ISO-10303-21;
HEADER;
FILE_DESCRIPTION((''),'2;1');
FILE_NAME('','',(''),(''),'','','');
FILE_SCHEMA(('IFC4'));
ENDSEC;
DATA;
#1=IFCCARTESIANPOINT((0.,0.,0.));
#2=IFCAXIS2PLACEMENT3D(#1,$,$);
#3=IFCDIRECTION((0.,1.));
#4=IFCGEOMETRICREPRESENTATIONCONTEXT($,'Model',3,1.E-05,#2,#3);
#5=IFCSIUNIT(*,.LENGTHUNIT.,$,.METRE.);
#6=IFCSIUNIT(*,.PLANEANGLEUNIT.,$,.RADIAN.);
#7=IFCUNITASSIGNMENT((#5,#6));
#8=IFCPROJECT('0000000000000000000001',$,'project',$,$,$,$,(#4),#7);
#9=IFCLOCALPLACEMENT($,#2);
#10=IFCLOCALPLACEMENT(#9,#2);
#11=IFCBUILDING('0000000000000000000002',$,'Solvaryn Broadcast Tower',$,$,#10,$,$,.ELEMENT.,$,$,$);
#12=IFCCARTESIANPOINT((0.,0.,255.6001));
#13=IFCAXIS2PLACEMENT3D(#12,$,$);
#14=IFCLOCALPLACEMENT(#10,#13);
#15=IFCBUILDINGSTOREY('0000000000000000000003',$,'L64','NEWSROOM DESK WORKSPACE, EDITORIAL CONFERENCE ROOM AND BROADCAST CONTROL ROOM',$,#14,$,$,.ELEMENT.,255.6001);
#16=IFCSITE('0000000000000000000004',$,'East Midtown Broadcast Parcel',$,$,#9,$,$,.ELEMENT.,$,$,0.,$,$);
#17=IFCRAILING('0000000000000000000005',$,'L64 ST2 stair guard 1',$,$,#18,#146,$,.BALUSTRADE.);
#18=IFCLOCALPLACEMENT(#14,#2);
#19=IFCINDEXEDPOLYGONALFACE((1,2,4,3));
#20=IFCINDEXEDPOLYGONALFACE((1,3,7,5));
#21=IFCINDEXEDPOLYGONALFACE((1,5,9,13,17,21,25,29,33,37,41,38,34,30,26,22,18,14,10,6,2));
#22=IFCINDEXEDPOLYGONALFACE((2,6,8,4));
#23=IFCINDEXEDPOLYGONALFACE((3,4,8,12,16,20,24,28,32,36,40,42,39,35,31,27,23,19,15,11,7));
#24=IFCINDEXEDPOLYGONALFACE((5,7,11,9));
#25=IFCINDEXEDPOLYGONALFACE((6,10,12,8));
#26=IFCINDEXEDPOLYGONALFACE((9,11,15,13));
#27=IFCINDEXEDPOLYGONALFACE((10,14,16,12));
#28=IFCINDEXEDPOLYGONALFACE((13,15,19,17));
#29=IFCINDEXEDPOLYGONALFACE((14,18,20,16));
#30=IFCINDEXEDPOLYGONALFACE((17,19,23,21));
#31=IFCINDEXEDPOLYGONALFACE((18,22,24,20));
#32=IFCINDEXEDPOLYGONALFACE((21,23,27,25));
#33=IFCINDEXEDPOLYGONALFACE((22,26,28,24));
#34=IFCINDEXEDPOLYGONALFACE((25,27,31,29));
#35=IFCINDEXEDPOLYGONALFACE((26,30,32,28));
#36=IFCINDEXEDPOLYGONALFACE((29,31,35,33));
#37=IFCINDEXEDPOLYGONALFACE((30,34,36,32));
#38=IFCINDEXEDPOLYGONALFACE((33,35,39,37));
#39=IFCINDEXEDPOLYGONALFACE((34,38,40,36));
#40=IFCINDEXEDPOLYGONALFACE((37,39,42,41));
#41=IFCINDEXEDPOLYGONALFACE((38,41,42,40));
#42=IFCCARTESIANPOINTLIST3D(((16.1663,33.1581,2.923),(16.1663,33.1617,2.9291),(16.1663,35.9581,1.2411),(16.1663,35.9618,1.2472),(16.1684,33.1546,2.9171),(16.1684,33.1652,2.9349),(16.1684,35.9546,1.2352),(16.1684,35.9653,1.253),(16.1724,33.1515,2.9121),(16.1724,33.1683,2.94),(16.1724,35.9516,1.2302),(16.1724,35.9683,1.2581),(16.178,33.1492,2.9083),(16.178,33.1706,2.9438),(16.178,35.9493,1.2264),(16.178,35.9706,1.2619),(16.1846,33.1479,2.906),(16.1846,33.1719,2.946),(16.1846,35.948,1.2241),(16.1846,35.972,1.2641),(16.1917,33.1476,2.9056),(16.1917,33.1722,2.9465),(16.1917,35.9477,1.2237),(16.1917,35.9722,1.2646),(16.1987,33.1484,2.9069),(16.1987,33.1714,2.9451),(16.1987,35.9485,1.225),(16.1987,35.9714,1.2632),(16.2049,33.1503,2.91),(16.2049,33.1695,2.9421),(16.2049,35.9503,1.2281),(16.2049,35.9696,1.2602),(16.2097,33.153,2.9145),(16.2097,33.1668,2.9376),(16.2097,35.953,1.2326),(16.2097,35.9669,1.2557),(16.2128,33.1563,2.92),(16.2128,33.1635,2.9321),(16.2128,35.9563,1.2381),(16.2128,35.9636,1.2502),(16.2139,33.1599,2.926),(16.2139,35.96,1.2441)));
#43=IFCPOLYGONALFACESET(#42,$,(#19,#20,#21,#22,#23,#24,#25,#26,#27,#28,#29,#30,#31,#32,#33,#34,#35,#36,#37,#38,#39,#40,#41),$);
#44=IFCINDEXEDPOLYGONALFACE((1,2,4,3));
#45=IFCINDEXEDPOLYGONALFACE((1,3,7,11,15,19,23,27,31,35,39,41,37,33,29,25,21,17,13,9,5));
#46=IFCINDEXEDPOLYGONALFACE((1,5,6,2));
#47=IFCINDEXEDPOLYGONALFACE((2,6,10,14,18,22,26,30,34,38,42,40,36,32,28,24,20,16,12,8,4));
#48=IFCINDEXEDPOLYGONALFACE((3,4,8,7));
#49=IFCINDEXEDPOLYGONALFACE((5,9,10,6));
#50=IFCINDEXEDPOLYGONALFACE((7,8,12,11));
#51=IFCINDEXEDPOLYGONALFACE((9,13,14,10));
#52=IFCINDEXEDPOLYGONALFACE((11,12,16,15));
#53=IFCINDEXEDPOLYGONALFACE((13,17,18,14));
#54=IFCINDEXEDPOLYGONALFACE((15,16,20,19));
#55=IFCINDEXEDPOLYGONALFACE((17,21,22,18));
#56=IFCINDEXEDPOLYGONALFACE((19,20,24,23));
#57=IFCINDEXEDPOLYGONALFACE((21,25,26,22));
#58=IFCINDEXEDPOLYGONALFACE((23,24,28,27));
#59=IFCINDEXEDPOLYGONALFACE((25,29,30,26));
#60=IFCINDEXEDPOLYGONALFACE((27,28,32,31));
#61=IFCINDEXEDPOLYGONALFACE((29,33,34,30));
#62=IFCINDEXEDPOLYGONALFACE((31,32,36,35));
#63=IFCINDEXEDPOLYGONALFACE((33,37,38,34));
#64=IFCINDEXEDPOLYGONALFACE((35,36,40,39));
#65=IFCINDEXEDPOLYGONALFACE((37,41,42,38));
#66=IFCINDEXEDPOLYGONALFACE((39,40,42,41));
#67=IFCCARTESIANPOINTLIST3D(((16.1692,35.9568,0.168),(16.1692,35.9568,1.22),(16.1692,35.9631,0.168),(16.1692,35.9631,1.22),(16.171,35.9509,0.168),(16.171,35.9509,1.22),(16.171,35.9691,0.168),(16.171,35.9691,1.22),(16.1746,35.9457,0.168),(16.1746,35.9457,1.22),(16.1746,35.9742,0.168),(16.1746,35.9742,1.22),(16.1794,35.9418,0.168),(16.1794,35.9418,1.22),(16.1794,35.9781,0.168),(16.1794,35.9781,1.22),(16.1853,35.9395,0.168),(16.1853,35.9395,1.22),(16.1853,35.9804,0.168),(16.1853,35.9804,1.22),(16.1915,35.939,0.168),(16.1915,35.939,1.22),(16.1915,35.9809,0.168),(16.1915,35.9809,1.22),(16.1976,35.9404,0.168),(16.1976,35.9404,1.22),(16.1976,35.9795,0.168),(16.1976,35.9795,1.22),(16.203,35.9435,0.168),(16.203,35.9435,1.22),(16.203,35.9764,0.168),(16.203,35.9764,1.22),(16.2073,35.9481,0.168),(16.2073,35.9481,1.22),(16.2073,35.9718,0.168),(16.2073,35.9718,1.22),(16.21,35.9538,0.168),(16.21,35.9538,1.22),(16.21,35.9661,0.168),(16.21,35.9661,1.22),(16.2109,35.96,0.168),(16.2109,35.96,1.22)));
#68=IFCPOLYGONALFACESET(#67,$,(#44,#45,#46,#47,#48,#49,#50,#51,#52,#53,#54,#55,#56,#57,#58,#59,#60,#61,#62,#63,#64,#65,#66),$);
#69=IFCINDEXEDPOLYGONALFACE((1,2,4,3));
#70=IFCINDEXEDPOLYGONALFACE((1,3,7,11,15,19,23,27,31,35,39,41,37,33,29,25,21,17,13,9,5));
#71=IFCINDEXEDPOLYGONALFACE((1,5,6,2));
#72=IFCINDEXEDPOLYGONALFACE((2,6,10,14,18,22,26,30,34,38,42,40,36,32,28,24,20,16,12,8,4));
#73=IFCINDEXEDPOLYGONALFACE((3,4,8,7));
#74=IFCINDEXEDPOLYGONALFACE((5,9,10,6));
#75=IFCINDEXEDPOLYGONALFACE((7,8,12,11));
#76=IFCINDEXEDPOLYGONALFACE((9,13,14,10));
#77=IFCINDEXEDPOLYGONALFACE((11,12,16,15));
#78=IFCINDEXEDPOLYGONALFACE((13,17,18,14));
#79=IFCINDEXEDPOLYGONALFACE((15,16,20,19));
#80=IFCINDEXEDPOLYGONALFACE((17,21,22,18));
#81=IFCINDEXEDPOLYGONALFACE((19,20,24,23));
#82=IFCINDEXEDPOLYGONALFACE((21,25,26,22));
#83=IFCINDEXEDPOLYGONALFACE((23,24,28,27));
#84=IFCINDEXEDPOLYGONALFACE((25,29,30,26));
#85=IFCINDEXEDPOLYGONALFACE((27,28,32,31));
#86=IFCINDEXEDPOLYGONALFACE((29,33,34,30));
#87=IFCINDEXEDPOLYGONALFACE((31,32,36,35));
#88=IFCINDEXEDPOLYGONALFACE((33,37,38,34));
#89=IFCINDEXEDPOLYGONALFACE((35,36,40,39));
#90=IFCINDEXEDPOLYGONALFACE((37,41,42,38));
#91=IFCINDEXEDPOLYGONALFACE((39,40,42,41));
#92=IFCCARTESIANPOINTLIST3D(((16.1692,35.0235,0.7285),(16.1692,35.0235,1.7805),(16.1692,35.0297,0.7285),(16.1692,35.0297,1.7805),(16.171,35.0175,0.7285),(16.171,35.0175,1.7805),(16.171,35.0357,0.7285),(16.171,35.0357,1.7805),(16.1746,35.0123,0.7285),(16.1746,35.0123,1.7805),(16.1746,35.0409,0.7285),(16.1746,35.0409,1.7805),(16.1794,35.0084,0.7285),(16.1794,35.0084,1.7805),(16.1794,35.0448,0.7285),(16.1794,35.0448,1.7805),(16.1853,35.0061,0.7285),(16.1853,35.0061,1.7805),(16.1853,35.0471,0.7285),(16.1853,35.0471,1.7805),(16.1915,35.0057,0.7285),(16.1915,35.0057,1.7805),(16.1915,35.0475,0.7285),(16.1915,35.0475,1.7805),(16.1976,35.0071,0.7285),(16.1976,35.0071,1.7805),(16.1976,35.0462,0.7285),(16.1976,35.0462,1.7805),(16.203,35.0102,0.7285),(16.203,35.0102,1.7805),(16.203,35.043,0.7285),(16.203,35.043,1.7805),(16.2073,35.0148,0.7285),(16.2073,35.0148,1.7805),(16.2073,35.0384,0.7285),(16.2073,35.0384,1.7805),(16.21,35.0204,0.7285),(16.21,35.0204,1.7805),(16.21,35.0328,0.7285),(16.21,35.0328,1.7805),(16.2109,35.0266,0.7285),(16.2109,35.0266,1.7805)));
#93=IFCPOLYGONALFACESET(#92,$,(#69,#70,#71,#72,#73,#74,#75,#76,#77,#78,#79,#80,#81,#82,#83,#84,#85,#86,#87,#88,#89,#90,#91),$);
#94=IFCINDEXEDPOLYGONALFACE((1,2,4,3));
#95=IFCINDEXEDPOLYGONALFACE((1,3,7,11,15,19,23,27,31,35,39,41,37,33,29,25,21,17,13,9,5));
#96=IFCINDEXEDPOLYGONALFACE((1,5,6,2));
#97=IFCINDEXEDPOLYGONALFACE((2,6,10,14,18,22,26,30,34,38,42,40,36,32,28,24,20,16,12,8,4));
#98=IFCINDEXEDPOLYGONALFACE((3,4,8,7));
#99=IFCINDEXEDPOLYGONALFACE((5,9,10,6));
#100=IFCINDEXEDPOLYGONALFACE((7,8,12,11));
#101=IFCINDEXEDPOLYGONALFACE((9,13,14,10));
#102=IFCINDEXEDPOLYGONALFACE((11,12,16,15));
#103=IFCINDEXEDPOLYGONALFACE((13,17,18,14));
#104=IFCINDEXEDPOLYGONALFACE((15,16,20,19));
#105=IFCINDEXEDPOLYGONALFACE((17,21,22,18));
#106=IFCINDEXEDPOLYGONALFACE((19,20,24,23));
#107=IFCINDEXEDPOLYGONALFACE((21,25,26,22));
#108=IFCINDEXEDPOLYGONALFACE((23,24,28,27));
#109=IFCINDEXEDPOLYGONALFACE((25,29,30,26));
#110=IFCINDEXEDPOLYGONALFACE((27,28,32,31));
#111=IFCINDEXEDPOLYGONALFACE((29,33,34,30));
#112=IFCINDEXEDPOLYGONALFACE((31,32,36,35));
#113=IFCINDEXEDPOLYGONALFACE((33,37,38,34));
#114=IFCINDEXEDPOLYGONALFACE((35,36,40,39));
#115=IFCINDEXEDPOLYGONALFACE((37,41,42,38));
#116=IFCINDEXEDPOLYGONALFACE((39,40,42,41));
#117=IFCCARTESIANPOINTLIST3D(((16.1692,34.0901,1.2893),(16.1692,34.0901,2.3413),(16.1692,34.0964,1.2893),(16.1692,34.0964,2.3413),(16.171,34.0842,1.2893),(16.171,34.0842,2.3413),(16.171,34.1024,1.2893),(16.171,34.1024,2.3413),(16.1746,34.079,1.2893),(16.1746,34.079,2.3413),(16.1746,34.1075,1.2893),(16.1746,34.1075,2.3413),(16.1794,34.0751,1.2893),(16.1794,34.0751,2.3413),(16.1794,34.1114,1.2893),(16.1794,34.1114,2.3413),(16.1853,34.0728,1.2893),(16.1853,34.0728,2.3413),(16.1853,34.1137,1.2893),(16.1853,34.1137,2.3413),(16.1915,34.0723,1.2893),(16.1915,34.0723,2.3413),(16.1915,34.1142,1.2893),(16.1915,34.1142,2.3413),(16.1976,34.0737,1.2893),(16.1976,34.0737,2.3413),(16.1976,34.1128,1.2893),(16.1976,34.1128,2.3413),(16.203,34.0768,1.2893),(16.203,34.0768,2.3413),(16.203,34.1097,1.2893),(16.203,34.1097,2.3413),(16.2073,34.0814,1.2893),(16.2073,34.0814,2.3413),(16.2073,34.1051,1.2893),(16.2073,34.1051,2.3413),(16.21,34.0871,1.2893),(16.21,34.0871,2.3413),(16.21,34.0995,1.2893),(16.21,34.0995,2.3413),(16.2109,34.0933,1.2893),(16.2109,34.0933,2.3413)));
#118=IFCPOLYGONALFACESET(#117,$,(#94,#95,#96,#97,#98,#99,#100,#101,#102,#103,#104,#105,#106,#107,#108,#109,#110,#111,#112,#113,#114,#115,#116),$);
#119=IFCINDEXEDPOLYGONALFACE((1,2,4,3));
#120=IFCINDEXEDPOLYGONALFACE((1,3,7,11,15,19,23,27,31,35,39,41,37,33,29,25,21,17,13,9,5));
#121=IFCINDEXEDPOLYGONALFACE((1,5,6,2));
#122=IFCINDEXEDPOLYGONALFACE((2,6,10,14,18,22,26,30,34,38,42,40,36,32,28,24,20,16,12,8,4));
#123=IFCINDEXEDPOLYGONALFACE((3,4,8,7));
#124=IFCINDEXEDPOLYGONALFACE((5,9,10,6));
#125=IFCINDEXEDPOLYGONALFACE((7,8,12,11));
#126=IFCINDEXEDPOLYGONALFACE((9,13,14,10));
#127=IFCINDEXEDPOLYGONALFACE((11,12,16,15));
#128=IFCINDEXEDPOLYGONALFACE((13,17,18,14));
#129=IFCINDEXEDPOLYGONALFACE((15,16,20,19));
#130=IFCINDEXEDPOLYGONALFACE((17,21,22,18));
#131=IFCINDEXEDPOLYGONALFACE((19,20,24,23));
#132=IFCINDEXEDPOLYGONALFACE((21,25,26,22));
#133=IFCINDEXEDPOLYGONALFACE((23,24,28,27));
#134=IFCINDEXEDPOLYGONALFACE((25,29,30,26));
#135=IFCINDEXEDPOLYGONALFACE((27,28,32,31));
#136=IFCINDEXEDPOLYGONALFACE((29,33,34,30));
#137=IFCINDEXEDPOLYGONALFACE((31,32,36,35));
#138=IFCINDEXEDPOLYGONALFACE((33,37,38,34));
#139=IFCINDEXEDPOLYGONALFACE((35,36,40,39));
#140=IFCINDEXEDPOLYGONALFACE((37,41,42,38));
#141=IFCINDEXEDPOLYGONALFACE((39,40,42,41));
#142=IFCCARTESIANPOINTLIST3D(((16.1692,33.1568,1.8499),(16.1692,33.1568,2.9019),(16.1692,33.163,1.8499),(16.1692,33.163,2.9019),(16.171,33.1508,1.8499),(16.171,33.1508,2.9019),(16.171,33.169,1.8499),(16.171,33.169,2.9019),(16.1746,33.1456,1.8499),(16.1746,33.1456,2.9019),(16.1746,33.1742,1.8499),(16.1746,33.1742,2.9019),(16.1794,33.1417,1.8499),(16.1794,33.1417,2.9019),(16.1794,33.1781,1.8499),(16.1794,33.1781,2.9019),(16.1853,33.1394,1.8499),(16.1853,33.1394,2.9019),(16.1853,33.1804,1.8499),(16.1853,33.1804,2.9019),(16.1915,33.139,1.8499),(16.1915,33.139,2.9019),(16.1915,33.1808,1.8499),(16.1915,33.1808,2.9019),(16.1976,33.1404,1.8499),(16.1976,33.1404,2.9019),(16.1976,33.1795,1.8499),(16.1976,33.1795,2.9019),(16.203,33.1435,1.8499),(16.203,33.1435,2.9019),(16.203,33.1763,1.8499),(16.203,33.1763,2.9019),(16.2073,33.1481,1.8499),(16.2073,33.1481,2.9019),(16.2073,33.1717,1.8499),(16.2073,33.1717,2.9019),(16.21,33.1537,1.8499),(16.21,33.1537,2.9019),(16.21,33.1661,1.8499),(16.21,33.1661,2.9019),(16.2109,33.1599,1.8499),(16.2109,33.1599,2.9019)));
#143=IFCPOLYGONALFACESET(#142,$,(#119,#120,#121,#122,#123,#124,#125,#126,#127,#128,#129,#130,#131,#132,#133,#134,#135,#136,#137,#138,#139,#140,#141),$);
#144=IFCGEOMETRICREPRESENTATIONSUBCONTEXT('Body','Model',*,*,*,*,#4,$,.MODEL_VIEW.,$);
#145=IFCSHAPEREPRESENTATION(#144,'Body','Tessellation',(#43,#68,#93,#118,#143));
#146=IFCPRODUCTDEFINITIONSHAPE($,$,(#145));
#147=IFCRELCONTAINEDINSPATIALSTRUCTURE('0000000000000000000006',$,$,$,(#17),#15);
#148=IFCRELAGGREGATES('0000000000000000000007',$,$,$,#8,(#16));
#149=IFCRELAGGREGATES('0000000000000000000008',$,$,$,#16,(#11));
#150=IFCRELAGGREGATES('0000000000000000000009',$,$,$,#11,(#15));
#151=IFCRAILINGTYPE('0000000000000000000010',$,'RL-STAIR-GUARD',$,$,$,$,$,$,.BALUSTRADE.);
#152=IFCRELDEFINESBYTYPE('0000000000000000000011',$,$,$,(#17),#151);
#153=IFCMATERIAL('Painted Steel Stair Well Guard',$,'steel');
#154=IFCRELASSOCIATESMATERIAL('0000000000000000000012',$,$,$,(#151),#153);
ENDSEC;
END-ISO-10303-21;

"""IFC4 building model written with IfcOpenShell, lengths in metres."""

from ifc_helpers import new_model, si_unit, direction, frame, origin, origin_2d, place, context, subcontext, project, spatial, circle, extrude, material, type_object, element, save


model = new_model("IFC4")

# Units and contexts
model_context = context("Model", 3, precision=1e-05, world=origin(), true_north=direction((0.0, 1.0)))
body_context = subcontext(model_context, "Body", "Model", "MODEL_VIEW")
ifc_project = project(units=[si_unit("LENGTHUNIT", "METRE"), si_unit("PLANEANGLEUNIT", "RADIAN")], contexts=[model_context])

# Site, building, storey
site_placement = place(None, origin())
site = spatial("IfcSite", under=ifc_project, at=site_placement, Name="East Midtown Broadcast Parcel", CompositionType="ELEMENT", RefElevation=0.0)
building_placement = place(site_placement, origin())
building = spatial("IfcBuilding", under=site, at=building_placement, Name="Solvaryn Broadcast Tower", CompositionType="ELEMENT")
storey_placement = place(building_placement, frame((0.0, 0.0, 255.6001)))
storey = spatial("IfcBuildingStorey", under=building, at=storey_placement, Name="L64", Description="NEWSROOM DESK WORKSPACE, EDITORIAL CONFERENCE ROOM AND BROADCAST CONTROL ROOM", CompositionType="ELEMENT", Elevation=255.6001)

# Railing
ifc_material_1 = material(Name="Painted Steel Stair Well Guard", Category="steel")
railing_type_1 = type_object("IfcRailingType", Name="RL-STAIR-GUARD", PredefinedType="BALUSTRADE", material=ifc_material_1)
railing_1_placement = place(storey_placement, frame((16.1899, 35.96, 0.168)))
element("IfcRailing", 1, at=railing_1_placement, inside=storey, type_object=railing_type_1, Name="L64 ST2 stair guard 1", PredefinedType="BALUSTRADE", context=body_context, shape_type="SweptSolid", body=[
    extrude(circle(Radius=0.0239, at=origin_2d()), frame((0.0, 0.0, 1.0762), z_axis=(0.0, -0.857242, 0.514913), x_axis=(1.0, 0.0, 0.0)), (0.0, 0.0, 1.0), 3.2664),
    extrude(circle(Radius=0.021, at=origin_2d()), origin(), (0.0, 0.0, 1.0), 1.052),
    extrude(circle(Radius=0.021, at=origin_2d()), frame((0.0, -0.9333, 0.5605)), (0.0, 0.0, 1.0), 1.052),
    extrude(circle(Radius=0.021, at=origin_2d()), frame((0.0, -1.8667, 1.1213)), (0.0, 0.0, 1.0), 1.052),
    extrude(circle(Radius=0.021, at=origin_2d()), frame((0.0, -2.8, 1.6819)), (0.0, 0.0, 1.0), 1.052),
])

save(model, "model.ifc")
